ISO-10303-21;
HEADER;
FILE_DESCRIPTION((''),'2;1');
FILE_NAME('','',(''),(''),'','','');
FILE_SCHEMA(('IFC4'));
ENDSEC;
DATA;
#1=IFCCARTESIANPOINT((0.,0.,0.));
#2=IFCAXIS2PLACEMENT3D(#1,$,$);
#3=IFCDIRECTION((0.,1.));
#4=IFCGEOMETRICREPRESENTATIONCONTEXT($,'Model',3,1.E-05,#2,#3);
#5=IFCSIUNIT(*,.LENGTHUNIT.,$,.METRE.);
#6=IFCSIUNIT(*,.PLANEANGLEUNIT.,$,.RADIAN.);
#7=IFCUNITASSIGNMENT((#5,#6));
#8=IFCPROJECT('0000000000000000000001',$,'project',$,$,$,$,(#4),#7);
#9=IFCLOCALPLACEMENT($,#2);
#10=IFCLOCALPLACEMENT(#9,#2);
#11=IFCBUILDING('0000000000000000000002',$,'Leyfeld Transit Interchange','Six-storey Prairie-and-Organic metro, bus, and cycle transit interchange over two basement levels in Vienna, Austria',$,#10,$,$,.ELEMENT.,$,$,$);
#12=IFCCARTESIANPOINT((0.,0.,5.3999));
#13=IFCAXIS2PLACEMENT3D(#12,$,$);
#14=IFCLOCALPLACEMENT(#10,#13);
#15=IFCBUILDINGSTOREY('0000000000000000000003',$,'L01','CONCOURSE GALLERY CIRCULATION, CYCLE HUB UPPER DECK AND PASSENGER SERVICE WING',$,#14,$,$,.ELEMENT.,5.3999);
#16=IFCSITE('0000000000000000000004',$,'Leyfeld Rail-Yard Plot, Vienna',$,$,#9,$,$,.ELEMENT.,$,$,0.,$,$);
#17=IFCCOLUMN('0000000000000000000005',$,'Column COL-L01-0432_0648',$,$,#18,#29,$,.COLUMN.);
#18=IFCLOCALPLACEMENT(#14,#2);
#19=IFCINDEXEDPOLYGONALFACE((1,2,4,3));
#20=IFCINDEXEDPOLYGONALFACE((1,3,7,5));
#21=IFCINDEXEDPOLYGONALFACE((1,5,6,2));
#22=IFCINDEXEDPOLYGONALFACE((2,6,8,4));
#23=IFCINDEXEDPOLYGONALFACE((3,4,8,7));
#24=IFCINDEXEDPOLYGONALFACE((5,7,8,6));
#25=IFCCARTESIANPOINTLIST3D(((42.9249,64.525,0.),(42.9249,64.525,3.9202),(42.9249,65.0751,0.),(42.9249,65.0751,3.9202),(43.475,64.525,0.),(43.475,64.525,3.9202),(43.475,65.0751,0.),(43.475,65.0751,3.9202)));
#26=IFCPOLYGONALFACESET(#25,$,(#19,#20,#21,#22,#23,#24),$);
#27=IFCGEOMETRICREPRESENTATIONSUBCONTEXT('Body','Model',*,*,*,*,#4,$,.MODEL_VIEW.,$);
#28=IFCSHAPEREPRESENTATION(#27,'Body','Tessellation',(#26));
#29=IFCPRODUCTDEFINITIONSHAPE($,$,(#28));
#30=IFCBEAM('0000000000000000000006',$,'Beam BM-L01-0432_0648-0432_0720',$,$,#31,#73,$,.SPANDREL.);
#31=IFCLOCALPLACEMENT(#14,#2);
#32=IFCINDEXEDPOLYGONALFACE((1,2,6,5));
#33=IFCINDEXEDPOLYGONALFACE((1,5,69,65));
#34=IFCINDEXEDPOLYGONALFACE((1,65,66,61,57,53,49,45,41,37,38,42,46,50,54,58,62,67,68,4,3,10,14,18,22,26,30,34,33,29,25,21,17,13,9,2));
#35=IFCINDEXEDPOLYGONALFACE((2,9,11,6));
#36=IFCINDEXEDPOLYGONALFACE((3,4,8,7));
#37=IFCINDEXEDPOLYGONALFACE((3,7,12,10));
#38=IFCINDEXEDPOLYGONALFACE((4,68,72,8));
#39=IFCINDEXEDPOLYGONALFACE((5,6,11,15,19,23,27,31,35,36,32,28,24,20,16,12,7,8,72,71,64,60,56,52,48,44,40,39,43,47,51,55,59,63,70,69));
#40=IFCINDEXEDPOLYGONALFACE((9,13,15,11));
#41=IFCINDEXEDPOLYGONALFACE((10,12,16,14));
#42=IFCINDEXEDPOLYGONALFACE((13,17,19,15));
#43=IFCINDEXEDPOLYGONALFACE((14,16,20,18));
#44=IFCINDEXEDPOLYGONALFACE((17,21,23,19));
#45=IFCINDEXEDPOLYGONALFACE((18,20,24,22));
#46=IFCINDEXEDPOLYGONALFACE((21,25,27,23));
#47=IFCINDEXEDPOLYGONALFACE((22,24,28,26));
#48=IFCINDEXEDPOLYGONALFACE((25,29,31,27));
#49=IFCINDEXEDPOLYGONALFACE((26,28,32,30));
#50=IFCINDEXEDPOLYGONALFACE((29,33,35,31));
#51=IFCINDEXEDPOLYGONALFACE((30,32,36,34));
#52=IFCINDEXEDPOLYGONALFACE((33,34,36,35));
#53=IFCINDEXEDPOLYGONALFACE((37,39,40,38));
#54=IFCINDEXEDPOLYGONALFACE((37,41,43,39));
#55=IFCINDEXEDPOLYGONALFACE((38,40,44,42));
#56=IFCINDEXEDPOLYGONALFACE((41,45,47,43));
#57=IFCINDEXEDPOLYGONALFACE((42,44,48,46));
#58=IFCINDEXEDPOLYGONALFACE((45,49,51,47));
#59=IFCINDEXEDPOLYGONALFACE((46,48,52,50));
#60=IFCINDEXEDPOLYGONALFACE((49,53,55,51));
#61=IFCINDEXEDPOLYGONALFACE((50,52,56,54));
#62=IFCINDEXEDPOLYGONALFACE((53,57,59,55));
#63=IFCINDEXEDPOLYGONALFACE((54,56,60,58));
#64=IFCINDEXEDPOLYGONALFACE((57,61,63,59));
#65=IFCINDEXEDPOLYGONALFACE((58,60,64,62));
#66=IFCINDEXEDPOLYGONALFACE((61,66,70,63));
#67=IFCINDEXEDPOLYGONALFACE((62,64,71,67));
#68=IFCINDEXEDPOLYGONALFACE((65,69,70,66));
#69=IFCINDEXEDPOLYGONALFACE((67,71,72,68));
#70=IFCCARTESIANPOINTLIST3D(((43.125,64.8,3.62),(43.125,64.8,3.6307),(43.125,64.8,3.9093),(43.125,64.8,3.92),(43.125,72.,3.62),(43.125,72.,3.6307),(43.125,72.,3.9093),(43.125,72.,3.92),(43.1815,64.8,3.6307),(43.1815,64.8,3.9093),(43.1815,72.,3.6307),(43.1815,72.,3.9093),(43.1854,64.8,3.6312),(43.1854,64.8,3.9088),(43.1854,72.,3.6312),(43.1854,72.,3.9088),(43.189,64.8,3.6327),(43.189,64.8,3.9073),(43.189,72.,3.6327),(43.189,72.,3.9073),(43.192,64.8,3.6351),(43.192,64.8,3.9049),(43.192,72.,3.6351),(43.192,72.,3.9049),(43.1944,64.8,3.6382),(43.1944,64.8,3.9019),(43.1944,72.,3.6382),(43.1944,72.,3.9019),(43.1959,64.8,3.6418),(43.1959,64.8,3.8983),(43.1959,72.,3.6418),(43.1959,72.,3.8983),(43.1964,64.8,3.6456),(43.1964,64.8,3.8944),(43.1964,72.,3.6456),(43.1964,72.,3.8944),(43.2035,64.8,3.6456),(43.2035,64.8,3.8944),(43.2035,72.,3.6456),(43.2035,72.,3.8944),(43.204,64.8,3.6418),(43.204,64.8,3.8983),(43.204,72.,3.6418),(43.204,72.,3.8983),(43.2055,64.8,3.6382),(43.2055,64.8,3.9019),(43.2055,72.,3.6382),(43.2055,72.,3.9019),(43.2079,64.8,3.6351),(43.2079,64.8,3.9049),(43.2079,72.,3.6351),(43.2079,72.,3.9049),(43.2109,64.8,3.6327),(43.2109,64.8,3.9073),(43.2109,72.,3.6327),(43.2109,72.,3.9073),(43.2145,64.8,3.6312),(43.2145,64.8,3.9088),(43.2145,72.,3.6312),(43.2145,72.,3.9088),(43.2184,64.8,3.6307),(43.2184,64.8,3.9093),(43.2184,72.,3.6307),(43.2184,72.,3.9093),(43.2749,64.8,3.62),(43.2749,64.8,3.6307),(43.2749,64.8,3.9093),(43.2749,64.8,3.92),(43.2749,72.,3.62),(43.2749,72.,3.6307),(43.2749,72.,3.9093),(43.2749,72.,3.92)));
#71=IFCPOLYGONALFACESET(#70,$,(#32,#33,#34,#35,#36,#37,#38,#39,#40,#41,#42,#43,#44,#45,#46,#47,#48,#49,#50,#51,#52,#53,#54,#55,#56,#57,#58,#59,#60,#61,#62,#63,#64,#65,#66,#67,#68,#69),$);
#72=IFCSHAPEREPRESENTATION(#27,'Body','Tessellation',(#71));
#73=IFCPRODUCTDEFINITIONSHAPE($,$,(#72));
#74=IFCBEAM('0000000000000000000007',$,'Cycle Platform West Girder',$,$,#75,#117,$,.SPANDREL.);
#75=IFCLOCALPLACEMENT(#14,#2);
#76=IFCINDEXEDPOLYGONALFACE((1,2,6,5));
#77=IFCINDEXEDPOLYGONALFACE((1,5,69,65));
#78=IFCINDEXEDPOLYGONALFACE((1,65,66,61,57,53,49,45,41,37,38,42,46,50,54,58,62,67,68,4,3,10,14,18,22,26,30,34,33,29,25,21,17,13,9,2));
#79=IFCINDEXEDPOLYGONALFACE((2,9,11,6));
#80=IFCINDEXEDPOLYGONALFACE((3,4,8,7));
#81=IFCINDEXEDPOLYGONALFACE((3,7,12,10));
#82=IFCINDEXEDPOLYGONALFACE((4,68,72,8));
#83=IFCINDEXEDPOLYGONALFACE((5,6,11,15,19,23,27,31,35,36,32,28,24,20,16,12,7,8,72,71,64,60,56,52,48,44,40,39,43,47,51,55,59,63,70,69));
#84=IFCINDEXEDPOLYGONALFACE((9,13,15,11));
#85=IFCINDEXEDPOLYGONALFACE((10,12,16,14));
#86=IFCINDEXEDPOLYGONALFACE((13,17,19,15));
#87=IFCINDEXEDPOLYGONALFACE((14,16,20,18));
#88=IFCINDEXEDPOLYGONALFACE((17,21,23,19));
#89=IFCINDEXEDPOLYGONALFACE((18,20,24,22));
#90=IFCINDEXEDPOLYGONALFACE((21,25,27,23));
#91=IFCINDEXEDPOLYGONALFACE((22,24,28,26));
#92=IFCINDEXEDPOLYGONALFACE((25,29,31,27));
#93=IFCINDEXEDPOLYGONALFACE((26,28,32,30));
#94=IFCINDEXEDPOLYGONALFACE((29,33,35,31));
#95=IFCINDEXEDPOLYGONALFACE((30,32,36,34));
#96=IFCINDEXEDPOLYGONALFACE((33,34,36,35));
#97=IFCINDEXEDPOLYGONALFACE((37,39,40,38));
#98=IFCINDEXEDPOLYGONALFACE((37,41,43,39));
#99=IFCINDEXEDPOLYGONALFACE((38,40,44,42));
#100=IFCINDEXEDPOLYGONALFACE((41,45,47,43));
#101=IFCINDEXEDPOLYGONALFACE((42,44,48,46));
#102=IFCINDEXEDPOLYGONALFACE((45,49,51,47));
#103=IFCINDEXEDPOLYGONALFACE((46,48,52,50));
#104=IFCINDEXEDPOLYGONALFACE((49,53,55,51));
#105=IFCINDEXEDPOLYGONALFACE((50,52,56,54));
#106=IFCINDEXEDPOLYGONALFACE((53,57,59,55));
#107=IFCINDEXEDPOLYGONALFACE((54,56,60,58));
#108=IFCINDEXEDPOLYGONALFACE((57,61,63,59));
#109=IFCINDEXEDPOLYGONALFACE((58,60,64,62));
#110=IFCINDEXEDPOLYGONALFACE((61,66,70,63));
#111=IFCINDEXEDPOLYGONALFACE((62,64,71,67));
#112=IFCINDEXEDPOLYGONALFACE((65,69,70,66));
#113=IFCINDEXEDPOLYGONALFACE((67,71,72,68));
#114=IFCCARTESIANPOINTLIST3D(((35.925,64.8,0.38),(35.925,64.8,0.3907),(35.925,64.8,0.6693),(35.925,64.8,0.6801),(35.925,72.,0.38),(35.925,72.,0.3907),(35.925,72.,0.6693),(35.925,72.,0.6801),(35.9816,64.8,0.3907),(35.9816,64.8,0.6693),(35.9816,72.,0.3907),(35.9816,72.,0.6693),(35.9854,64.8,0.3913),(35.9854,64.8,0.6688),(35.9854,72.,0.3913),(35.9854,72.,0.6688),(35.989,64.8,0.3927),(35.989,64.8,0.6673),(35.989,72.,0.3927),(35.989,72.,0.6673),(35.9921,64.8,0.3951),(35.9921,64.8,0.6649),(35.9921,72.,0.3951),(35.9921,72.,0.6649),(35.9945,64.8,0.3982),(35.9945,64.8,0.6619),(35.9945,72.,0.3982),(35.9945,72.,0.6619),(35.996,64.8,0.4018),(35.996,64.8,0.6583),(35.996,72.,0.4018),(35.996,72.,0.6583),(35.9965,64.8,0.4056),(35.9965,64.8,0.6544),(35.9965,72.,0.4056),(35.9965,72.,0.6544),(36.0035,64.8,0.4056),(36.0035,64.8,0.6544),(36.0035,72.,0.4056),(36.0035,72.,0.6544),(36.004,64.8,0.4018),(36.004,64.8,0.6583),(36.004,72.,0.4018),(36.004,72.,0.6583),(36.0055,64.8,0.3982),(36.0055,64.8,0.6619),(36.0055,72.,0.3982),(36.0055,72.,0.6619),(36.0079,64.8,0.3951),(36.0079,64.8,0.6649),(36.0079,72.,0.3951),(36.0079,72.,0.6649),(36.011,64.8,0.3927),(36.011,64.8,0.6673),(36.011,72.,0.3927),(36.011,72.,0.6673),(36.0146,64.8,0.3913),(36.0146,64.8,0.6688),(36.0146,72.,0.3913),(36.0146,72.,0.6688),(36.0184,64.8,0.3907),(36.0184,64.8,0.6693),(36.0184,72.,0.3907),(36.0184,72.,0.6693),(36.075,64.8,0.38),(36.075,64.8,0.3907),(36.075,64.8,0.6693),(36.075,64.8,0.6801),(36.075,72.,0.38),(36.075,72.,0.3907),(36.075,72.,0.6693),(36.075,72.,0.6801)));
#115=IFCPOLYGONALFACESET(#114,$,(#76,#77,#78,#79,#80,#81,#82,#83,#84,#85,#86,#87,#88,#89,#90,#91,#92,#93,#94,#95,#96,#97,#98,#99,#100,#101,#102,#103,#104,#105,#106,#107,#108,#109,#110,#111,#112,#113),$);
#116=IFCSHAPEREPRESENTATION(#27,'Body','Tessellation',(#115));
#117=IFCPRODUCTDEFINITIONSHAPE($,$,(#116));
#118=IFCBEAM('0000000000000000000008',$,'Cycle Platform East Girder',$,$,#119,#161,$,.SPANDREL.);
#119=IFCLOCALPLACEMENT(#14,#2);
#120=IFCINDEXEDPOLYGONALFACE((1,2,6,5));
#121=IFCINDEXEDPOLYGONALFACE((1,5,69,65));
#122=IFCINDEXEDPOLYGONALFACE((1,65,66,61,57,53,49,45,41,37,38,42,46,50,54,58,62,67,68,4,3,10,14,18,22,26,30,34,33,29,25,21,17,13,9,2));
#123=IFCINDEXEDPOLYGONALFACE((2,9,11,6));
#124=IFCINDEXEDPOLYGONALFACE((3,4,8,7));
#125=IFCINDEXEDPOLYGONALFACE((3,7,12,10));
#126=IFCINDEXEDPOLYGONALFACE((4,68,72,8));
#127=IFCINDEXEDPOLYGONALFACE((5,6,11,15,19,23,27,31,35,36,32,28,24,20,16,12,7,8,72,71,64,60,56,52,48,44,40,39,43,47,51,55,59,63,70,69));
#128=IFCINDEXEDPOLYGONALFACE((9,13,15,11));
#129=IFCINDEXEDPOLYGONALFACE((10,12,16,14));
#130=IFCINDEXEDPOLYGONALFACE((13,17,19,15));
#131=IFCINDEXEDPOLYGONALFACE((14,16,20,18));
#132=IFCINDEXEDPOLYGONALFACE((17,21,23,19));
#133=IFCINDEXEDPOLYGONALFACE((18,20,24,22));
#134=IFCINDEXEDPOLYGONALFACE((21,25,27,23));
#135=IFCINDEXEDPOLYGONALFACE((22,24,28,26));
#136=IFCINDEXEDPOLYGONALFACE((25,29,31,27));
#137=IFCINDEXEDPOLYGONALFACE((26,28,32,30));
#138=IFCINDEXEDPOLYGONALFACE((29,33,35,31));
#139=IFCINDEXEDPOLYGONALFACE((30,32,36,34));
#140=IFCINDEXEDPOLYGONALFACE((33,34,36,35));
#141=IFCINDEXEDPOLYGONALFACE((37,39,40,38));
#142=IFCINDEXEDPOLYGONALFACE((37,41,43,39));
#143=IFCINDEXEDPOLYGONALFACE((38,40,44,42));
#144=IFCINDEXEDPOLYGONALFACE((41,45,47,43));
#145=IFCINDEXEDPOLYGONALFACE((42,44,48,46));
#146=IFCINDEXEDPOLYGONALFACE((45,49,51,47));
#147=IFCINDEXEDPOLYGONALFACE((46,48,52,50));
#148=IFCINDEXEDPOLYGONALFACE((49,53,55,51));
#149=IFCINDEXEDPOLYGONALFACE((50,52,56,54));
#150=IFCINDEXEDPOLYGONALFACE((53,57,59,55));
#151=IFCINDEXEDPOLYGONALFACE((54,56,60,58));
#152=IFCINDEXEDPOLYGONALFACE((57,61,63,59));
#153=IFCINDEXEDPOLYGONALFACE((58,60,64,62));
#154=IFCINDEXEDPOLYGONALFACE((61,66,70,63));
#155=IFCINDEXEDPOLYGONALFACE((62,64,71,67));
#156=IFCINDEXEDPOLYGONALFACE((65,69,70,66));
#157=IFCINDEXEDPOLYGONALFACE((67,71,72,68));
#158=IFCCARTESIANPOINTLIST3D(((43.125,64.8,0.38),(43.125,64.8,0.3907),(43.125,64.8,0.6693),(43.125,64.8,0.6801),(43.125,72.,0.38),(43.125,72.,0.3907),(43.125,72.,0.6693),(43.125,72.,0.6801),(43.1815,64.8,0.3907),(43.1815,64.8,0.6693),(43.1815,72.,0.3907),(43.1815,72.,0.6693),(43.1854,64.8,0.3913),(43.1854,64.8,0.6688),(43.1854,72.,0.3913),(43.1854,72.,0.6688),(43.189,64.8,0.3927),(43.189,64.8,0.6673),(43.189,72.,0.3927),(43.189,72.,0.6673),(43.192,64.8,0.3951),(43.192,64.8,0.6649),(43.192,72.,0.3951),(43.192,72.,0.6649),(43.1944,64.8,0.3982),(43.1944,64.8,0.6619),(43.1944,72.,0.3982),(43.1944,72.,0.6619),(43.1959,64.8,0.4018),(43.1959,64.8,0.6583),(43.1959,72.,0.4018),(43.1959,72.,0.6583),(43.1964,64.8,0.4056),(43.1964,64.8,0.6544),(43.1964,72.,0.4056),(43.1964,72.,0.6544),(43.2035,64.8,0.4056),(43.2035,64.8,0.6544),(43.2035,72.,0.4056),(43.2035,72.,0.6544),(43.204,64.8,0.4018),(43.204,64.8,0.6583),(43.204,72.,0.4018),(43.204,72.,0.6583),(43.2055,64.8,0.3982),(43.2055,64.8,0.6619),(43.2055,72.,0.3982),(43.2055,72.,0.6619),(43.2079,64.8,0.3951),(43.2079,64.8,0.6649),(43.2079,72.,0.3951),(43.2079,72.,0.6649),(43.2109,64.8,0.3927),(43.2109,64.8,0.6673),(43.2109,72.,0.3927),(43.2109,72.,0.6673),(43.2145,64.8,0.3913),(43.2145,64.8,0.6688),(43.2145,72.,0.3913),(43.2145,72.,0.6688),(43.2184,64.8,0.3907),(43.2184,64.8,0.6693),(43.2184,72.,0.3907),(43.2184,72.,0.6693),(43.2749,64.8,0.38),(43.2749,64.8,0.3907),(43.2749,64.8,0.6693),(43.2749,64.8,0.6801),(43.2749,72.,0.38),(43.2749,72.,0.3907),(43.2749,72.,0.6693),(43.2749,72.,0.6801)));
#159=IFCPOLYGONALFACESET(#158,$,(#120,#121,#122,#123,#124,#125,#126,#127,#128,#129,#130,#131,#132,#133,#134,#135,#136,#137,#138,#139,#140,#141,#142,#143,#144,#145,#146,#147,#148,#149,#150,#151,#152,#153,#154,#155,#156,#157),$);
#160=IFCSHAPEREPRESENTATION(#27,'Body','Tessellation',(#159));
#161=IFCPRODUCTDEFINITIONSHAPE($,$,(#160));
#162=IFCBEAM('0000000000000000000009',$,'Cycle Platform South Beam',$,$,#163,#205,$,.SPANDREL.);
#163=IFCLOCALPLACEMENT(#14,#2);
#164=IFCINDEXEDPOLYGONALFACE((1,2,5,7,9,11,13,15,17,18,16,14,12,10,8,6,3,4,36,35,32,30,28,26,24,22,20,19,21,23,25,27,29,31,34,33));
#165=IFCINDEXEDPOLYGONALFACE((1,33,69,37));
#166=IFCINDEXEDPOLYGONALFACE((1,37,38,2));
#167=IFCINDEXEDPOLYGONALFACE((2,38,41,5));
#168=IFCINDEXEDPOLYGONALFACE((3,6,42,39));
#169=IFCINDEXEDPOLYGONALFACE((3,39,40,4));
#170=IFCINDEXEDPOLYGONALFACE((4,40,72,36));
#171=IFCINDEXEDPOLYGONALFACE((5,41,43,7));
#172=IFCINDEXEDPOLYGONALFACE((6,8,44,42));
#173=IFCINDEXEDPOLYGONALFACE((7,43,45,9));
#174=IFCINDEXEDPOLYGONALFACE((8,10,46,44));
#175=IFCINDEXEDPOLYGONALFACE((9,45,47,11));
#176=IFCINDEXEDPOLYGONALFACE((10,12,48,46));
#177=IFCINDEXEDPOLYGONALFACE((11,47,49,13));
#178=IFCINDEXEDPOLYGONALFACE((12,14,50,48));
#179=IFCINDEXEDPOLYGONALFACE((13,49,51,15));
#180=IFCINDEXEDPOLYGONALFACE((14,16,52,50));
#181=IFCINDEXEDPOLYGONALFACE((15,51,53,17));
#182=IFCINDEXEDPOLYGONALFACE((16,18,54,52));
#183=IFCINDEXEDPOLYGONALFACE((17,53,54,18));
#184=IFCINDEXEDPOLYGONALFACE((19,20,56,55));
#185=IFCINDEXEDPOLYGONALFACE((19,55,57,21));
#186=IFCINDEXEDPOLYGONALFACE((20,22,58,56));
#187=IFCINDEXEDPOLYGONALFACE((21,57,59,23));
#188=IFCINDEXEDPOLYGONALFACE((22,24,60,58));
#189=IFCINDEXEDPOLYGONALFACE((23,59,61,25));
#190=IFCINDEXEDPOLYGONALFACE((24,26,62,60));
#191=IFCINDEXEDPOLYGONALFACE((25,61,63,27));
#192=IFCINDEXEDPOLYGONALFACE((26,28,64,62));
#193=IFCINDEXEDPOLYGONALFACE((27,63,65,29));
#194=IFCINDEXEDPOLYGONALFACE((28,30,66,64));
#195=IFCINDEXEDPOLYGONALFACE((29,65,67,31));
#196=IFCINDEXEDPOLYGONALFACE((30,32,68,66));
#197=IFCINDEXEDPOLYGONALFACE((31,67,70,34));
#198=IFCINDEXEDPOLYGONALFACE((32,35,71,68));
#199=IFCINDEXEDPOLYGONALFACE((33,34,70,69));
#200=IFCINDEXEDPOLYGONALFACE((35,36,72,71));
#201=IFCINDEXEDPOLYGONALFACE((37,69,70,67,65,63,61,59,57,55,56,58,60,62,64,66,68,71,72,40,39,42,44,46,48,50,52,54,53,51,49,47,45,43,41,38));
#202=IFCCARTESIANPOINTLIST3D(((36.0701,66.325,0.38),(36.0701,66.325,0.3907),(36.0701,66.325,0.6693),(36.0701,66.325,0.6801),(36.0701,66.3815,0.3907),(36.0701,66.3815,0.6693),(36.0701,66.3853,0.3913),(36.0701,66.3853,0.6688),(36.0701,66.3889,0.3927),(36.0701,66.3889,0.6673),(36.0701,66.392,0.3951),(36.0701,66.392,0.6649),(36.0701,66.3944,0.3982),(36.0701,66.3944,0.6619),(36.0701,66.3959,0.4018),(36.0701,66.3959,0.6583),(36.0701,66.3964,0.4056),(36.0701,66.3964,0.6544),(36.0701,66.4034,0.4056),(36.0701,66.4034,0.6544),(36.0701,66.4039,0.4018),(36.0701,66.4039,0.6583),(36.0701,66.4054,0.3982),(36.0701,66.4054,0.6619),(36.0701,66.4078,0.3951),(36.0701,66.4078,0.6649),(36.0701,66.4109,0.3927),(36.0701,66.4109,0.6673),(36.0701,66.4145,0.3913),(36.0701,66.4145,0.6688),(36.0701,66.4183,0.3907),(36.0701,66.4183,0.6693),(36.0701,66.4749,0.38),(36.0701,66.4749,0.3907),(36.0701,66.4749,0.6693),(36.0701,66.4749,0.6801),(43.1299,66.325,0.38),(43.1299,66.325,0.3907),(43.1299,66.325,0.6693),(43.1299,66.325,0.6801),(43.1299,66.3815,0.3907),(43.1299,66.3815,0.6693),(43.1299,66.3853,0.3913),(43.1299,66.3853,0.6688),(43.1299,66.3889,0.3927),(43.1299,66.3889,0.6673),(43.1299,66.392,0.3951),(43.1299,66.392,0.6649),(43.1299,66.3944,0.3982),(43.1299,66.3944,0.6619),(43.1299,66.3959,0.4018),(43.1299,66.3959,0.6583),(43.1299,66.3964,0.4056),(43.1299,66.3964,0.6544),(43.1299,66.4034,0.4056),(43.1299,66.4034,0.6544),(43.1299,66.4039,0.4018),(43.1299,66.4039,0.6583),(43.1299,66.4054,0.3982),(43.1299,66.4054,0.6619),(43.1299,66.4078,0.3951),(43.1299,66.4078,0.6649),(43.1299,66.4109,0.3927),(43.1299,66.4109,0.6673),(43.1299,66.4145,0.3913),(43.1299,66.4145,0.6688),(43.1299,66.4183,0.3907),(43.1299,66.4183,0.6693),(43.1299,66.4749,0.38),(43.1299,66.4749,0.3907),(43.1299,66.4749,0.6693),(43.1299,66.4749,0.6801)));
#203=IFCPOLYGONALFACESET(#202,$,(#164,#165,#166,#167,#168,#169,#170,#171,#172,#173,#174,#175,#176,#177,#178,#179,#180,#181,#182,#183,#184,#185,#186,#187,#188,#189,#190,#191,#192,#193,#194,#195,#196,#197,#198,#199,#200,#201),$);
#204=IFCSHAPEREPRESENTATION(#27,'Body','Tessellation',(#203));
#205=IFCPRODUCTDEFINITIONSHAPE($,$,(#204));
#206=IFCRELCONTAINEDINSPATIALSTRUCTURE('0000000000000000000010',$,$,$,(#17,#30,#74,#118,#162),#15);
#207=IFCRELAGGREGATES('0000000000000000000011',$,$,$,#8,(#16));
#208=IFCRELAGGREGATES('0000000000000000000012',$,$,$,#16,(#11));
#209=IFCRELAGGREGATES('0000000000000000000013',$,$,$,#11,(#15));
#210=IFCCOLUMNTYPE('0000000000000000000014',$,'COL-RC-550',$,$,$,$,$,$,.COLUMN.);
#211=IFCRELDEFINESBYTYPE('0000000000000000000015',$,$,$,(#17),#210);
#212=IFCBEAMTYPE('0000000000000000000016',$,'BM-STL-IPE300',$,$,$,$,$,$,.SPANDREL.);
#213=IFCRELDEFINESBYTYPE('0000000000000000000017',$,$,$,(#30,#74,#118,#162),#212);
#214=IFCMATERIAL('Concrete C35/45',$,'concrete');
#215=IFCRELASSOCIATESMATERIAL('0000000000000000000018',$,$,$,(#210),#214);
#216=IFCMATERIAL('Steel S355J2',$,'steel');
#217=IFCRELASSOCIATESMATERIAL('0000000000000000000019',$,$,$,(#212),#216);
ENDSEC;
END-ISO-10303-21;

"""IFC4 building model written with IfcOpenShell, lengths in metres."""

from ifc_helpers import new_model, si_unit, direction, frame, origin, origin_2d, place, context, subcontext, project, spatial, rectangle, i_section, extrude, material, material_profile, profile_set, type_object, element, save


model = new_model("IFC4")

# Units and contexts
model_context = context("Model", 3, precision=1e-05, world=origin(), true_north=direction((0.0, 1.0)))
body_context = subcontext(model_context, "Body", "Model", "MODEL_VIEW")
ifc_project = project(units=[si_unit("LENGTHUNIT", "METRE"), si_unit("PLANEANGLEUNIT", "RADIAN")], contexts=[model_context])

# Site, building, storey
site_placement = place(None, origin())
site = spatial("IfcSite", under=ifc_project, at=site_placement, Name="Leyfeld Rail-Yard Plot, Vienna", CompositionType="ELEMENT", RefElevation=0.0)
building_placement = place(site_placement, origin())
building = spatial("IfcBuilding", under=site, at=building_placement, Name="Leyfeld Transit Interchange", Description="Six-storey Prairie-and-Organic metro, bus, and cycle transit interchange over two basement levels in Vienna, Austria", CompositionType="ELEMENT")
storey_placement = place(building_placement, frame((0.0, 0.0, 5.3999)))
storey = spatial("IfcBuildingStorey", under=building, at=storey_placement, Name="L01", Description="CONCOURSE GALLERY CIRCULATION, CYCLE HUB UPPER DECK AND PASSENGER SERVICE WING", CompositionType="ELEMENT", Elevation=5.3999)

# Column
ifc_material_1 = material(Name="Concrete C35/45", Category="concrete")
ifc_material_profile_1 = material_profile(ifc_material_1, rectangle(XDim=0.55, YDim=0.55, at=origin_2d()), Name="RC 550x550")
ifc_profile_set_1 = profile_set([ifc_material_profile_1], Name="Concrete C35/45")
column_type = type_object("IfcColumnType", Name="COL-RC-550", PredefinedType="COLUMN", material=ifc_profile_set_1)
column_placement = place(storey_placement, frame((43.2, 64.8, 0.0), z_axis=(0.0, 0.0, 1.0), x_axis=(1.0, 0.0, 0.0)))
element("IfcColumn", 1, at=column_placement, inside=storey, type_object=column_type, Name="Column COL-L01-0432_0648", PredefinedType="COLUMN", context=body_context, shape_type="SweptSolid", body=[
    extrude(rectangle(XDim=0.55, YDim=0.55, at=origin_2d()), origin(), (0.0, 0.0, 1.0), 3.9202),
])

# Beams
ifc_material_2 = material(Name="Steel S355J2", Category="steel")
ifc_material_profile_2 = material_profile(ifc_material_2, i_section(OverallWidth=0.1499, OverallDepth=0.3, WebThickness=0.0071, FlangeThickness=0.0107, FilletRadius=0.0149, at=origin_2d()), Name="IPE 300")
ifc_profile_set_2 = profile_set([ifc_material_profile_2], Name="Steel S355J2")
beam_type_1 = type_object("IfcBeamType", Name="BM-STL-IPE300", PredefinedType="SPANDREL", material=ifc_profile_set_2)
for number, where, z_axis, x_axis, name in (
    (2, (43.2, 64.8, 3.77), (0.0, 1.0, 0.0), (-1.0, 0.0, 0.0), "Beam BM-L01-0432_0648-0432_0720"),
    (3, (36.0, 64.8, 0.53), (0.0, 1.0, 0.0), (-1.0, 0.0, 0.0), "Cycle Platform West Girder"),
    (4, (43.2, 64.8, 0.53), (0.0, 1.0, 0.0), (-1.0, 0.0, 0.0), "Cycle Platform East Girder"),
):
    element("IfcBeam", number, at=place(storey_placement, frame(where, z_axis=z_axis, x_axis=x_axis)), inside=storey, type_object=beam_type_1, Name=name, PredefinedType="SPANDREL", context=body_context, shape_type="SweptSolid", body=[
        extrude(i_section(OverallWidth=0.1499, OverallDepth=0.3, WebThickness=0.0071, FlangeThickness=0.0107, FilletRadius=0.0149, at=origin_2d()), origin(), (0.0, 0.0, 1.0), 7.2),
    ])
for number, where, z_axis, x_axis, name in (
    (5, (36.0701, 66.3999, 0.53), (1.0, 0.0, 0.0), (0.0, 1.0, 0.0), "Cycle Platform South Beam"),
):
    element("IfcBeam", number, at=place(storey_placement, frame(where, z_axis=z_axis, x_axis=x_axis)), inside=storey, type_object=beam_type_1, Name=name, PredefinedType="SPANDREL", context=body_context, shape_type="SweptSolid", body=[
        extrude(i_section(OverallWidth=0.1499, OverallDepth=0.3, WebThickness=0.0071, FlangeThickness=0.0107, FilletRadius=0.0149, at=origin_2d()), origin(), (0.0, 0.0, 1.0), 7.0598),
    ])

save(model, "model.ifc")
